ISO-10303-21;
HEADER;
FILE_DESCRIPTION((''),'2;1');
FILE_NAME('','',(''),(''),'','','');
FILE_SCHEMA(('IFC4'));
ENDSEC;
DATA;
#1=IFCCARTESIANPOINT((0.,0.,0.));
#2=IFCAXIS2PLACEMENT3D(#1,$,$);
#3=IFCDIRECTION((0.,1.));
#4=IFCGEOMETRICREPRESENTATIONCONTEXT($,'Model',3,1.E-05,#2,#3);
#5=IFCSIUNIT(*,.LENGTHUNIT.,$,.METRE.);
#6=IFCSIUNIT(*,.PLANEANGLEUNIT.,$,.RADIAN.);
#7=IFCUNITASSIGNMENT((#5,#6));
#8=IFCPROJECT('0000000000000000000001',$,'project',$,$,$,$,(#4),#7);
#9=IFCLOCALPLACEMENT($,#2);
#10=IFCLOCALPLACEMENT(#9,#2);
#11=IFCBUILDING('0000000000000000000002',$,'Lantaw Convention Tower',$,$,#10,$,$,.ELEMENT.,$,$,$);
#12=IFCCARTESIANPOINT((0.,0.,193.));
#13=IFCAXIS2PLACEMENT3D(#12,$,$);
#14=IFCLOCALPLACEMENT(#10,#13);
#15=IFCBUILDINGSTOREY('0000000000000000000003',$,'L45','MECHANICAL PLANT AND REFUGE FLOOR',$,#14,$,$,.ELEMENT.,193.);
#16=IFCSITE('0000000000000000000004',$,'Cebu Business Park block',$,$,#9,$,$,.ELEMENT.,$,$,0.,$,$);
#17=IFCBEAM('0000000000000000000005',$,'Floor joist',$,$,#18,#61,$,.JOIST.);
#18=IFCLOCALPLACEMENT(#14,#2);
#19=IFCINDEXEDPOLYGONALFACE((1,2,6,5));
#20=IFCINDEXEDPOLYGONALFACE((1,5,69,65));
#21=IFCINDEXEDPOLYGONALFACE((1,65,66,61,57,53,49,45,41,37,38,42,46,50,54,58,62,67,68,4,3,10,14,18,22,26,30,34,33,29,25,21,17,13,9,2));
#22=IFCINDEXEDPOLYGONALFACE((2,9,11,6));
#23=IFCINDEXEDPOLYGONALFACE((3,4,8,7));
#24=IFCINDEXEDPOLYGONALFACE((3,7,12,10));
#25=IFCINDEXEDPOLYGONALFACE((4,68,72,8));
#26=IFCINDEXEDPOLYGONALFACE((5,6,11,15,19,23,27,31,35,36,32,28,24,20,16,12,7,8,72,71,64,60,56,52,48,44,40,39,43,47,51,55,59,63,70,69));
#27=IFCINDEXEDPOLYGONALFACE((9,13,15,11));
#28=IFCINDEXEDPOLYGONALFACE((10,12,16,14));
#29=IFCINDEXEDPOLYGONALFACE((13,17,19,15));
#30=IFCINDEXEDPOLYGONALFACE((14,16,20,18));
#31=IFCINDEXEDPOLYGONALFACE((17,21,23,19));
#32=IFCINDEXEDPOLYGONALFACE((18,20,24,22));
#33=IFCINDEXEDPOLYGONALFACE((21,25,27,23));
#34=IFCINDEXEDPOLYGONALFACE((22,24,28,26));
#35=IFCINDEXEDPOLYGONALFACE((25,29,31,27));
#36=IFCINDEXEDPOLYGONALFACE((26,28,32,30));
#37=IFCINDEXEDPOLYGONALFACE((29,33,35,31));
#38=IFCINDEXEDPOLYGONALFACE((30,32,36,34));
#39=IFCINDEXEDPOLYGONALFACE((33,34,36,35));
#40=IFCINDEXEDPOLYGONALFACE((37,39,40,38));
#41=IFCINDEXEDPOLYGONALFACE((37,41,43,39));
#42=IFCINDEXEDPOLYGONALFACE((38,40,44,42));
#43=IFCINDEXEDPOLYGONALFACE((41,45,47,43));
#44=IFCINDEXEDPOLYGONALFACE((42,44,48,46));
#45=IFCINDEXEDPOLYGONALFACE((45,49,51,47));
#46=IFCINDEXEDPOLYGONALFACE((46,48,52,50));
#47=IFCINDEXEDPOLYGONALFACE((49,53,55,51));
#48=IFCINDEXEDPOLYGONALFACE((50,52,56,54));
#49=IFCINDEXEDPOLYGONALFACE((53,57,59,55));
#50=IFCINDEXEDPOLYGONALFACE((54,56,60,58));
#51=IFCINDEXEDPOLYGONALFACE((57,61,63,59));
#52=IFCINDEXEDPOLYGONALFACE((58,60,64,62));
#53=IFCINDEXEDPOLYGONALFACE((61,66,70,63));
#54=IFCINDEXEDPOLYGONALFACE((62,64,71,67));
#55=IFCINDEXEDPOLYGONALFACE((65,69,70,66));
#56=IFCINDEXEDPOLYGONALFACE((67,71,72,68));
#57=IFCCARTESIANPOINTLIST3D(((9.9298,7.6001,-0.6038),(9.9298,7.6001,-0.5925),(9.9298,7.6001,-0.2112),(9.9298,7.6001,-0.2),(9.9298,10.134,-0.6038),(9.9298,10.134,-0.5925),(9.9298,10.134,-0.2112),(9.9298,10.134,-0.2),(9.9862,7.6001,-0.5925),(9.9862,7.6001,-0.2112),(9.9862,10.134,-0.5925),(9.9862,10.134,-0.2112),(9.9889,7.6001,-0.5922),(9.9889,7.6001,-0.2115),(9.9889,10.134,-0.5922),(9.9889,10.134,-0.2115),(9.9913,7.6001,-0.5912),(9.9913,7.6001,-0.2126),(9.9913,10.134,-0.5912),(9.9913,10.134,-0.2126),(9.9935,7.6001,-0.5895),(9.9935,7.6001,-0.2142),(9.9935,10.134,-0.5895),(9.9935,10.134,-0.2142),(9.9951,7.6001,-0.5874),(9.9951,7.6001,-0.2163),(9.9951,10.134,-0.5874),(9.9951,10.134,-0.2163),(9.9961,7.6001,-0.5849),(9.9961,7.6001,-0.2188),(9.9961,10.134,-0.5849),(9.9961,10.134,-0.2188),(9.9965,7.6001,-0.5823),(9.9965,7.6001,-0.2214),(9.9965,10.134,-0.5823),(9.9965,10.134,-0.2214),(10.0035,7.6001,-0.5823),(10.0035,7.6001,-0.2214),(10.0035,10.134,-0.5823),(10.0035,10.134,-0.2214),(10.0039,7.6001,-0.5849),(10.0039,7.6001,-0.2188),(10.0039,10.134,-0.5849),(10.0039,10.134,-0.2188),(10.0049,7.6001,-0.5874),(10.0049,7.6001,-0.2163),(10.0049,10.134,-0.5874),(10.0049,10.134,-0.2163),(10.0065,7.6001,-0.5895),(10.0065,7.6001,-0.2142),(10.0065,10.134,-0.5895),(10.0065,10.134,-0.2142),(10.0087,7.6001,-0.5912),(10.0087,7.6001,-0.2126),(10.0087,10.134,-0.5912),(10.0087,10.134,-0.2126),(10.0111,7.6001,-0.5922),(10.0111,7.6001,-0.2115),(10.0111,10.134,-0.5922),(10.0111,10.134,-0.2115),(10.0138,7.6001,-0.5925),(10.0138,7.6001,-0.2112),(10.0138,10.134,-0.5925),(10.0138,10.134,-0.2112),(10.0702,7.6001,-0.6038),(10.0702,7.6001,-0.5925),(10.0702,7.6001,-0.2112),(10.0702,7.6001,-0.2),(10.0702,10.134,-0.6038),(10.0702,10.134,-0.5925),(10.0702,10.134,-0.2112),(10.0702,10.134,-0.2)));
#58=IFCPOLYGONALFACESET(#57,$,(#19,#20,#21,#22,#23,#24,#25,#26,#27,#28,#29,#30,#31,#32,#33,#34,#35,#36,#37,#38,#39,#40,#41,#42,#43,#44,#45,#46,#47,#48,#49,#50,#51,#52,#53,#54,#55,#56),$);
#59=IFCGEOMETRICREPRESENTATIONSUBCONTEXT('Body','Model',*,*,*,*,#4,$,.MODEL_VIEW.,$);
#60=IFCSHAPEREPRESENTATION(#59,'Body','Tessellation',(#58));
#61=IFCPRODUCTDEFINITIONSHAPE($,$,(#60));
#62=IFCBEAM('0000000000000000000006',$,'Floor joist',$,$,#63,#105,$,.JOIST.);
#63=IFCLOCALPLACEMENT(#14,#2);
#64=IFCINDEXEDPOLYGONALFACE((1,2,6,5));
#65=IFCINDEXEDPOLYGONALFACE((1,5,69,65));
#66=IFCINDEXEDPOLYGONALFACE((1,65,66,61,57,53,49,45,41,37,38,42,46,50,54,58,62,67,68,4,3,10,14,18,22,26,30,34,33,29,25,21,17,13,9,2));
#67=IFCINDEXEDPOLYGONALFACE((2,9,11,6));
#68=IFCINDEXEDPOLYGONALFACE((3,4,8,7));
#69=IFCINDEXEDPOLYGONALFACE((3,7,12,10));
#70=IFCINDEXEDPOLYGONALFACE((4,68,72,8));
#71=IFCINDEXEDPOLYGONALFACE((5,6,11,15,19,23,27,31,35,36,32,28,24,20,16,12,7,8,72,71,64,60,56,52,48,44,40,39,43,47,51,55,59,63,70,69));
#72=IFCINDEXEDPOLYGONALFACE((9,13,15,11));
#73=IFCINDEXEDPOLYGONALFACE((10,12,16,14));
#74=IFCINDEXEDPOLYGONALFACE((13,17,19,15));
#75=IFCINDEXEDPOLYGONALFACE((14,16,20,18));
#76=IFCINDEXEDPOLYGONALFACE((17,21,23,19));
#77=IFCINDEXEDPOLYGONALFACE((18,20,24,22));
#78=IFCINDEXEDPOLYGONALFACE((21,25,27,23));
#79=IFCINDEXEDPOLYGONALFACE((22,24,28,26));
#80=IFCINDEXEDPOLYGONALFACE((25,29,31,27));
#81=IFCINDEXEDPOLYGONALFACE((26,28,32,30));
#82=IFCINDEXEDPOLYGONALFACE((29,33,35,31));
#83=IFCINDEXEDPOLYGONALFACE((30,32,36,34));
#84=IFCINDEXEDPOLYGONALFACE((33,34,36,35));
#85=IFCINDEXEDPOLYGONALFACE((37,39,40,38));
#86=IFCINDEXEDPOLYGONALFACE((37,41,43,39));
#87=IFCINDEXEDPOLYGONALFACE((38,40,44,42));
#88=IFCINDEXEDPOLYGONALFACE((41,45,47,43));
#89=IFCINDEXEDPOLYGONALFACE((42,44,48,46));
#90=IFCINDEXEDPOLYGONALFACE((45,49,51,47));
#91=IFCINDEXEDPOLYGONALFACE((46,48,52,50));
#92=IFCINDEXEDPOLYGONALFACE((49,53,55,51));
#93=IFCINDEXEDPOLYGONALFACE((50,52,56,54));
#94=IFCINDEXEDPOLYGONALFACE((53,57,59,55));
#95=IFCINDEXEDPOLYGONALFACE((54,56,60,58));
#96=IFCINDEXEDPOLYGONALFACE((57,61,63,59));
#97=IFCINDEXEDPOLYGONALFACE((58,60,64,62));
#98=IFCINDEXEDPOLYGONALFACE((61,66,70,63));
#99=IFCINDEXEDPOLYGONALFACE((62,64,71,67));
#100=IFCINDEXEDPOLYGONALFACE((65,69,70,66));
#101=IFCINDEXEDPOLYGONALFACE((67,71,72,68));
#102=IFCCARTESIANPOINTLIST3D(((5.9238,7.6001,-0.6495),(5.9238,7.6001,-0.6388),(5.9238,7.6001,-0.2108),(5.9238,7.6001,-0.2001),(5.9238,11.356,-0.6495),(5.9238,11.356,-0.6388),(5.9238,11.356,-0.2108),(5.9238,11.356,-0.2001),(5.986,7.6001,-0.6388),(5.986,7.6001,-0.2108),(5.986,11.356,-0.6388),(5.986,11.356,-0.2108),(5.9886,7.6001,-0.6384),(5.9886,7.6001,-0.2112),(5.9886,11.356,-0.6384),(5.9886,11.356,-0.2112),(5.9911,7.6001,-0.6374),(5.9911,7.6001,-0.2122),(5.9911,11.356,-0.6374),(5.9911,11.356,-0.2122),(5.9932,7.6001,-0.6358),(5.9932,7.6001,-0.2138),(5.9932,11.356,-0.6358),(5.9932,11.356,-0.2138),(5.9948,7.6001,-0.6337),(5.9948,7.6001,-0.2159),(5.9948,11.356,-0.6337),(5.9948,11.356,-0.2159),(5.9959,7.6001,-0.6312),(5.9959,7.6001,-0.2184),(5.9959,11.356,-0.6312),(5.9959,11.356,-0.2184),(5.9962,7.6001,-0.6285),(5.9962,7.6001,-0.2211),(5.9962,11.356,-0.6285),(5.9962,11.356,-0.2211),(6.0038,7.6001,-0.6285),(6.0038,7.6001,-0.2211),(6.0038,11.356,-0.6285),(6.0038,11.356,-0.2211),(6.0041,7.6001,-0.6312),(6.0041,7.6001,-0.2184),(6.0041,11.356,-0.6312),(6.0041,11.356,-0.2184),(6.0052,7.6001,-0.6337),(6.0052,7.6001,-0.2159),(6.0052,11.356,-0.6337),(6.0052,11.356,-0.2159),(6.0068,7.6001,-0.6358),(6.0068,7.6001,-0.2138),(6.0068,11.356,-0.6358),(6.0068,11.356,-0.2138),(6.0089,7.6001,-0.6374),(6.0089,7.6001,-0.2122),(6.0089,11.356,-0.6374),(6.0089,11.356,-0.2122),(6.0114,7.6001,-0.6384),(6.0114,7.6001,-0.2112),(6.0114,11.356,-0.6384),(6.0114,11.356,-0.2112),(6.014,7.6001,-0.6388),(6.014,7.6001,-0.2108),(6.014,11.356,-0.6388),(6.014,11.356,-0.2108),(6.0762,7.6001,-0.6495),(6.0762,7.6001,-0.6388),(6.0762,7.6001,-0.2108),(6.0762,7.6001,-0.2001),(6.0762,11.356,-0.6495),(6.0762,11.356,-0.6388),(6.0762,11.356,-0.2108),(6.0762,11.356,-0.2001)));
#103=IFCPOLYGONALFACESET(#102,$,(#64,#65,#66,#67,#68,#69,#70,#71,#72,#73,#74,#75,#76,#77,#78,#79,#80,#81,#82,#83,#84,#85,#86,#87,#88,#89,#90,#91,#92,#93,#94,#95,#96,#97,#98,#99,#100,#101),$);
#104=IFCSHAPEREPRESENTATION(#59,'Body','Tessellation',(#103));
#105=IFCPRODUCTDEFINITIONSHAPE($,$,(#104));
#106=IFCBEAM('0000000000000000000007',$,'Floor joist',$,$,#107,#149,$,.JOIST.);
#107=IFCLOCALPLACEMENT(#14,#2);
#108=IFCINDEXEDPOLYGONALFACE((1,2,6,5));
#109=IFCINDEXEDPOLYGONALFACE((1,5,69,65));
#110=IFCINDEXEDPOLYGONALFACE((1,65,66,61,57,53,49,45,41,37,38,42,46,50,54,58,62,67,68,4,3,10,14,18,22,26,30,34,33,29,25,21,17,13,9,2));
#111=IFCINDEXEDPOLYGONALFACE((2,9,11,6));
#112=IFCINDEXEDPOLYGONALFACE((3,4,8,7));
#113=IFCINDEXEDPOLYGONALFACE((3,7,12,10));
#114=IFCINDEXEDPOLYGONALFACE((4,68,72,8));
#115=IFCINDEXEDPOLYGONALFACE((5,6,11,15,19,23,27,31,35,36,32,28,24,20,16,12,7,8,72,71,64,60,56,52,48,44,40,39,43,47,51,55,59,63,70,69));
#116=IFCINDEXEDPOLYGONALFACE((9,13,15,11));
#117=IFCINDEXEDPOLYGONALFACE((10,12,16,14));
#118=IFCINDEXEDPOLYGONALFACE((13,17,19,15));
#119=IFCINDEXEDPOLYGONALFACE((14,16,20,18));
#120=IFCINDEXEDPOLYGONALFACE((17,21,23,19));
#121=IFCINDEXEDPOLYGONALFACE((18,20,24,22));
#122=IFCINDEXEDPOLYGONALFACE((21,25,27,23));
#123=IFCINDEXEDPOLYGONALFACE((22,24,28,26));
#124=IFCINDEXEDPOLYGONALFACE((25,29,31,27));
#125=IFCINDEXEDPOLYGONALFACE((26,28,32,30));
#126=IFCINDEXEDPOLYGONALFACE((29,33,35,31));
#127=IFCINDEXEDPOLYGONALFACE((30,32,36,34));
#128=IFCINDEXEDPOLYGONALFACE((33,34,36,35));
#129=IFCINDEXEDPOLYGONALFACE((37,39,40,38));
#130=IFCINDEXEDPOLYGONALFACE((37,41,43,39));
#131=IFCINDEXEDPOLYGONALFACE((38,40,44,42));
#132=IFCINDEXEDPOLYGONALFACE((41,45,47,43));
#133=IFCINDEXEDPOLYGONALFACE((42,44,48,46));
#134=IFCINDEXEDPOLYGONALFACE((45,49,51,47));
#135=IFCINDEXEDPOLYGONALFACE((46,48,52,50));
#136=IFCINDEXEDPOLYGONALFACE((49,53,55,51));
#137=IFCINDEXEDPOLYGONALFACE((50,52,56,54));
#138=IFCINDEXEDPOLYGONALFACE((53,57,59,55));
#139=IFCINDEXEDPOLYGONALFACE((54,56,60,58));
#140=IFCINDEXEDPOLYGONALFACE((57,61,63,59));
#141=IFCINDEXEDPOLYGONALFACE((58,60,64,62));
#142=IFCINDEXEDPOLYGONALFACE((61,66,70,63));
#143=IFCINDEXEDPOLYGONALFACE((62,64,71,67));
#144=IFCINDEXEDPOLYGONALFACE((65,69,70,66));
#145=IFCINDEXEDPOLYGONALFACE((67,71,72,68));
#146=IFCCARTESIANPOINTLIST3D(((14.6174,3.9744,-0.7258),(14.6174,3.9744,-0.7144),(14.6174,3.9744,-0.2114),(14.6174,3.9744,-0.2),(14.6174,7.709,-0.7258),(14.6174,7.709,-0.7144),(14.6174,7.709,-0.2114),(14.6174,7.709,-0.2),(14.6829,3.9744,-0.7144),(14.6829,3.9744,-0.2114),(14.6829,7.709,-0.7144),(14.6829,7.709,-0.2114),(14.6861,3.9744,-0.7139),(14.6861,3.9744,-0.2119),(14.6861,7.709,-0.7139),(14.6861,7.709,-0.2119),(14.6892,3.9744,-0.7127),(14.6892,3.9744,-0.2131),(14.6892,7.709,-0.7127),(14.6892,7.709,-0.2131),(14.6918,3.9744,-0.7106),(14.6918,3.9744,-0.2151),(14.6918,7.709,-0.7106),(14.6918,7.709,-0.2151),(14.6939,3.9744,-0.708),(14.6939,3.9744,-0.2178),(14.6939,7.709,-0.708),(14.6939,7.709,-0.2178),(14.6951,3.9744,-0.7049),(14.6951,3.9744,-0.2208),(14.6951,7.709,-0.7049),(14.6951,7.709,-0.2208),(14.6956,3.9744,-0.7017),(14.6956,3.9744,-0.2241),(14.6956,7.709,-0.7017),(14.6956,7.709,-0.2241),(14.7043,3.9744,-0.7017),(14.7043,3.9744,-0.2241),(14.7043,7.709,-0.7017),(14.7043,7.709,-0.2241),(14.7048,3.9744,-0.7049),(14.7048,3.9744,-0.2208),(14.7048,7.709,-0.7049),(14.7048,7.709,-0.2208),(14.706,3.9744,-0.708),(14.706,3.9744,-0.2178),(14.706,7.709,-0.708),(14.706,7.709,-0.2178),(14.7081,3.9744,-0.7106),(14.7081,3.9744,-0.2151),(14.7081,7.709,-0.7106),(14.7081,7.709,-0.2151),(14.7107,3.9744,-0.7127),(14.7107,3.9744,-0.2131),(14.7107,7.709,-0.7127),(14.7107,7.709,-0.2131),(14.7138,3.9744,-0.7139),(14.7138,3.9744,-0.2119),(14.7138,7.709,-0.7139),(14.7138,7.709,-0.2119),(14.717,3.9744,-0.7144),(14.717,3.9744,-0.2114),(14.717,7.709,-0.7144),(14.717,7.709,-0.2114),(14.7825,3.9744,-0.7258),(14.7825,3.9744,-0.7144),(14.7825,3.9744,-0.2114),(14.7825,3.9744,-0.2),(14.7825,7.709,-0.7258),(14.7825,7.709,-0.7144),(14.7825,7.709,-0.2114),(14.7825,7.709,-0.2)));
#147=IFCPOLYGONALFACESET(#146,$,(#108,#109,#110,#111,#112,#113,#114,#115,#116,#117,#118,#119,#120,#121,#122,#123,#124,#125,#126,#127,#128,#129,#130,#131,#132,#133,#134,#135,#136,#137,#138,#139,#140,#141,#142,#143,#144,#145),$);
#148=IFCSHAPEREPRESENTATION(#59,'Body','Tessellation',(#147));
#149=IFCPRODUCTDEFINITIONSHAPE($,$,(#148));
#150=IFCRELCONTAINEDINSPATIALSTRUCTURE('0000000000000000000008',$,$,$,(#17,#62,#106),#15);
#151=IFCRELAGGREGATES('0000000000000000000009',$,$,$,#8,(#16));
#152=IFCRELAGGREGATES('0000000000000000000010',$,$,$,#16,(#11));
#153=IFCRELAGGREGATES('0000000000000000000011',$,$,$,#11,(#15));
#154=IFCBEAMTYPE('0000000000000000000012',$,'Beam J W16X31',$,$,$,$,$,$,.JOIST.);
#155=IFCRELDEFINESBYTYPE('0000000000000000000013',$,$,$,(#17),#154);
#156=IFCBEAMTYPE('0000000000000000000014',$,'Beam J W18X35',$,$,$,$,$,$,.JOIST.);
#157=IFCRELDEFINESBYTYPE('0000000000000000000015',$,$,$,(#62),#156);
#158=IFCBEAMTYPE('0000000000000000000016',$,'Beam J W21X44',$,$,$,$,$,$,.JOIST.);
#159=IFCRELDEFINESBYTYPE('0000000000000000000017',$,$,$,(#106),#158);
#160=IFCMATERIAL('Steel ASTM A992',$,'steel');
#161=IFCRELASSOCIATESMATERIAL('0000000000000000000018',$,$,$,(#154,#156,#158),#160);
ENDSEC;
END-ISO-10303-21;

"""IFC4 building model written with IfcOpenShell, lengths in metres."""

from ifc_helpers import new_model, si_unit, direction, frame, origin, origin_2d, place, context, subcontext, project, spatial, i_section, extrude, material, material_profile, profile_set, type_object, element, save


model = new_model("IFC4")

# Units and contexts
model_context = context("Model", 3, precision=1e-05, world=origin(), true_north=direction((0.0, 1.0)))
body_context = subcontext(model_context, "Body", "Model", "MODEL_VIEW")
ifc_project = project(units=[si_unit("LENGTHUNIT", "METRE"), si_unit("PLANEANGLEUNIT", "RADIAN")], contexts=[model_context])

# Site, building, storey
site_placement = place(None, origin())
site = spatial("IfcSite", under=ifc_project, at=site_placement, Name="Cebu Business Park block", CompositionType="ELEMENT", RefElevation=0.0)
building_placement = place(site_placement, origin())
building = spatial("IfcBuilding", under=site, at=building_placement, Name="Lantaw Convention Tower", CompositionType="ELEMENT")
storey_placement = place(building_placement, frame((0.0, 0.0, 193.0)))
storey = spatial("IfcBuildingStorey", under=building, at=storey_placement, Name="L45", Description="MECHANICAL PLANT AND REFUGE FLOOR", CompositionType="ELEMENT", Elevation=193.0)

# Beams
ifc_material_1 = material(Name="Steel ASTM A992", Category="steel")
ifc_material_profile_1 = material_profile(ifc_material_1, i_section(OverallWidth=0.1404, OverallDepth=0.4038, WebThickness=0.0071, FlangeThickness=0.0112, FilletRadius=0.0103, at=origin_2d()), Name="W16X31")
ifc_profile_set_1 = profile_set([ifc_material_profile_1], Name="Steel ASTM A992")
beam_type_1 = type_object("IfcBeamType", Name="Beam J W16X31", PredefinedType="JOIST", material=ifc_profile_set_1)
beam_1_placement = place(storey_placement, frame((10.0, 7.6001, -0.4019), z_axis=(0.0, 1.0, 0.0), x_axis=(-1.0, 0.0, 0.0)))
element("IfcBeam", 1, at=beam_1_placement, inside=storey, type_object=beam_type_1, Name="Floor joist", PredefinedType="JOIST", context=body_context, shape_type="SweptSolid", body=[
    extrude(i_section(OverallWidth=0.1404, OverallDepth=0.4038, WebThickness=0.0071, FlangeThickness=0.0112, FilletRadius=0.0103, at=origin_2d()), origin(), (0.0, 0.0, 1.0), 2.5339),
])
ifc_material_profile_2 = material_profile(ifc_material_1, i_section(OverallWidth=0.1523, OverallDepth=0.4495, WebThickness=0.0076, FlangeThickness=0.0107, FilletRadius=0.0103, at=origin_2d()), Name="W18X35")
ifc_profile_set_2 = profile_set([ifc_material_profile_2], Name="Steel ASTM A992")
beam_type_2 = type_object("IfcBeamType", Name="Beam J W18X35", PredefinedType="JOIST", material=ifc_profile_set_2)
beam_2_placement = place(storey_placement, frame((6.0, 7.6001, -0.4248), z_axis=(0.0, 1.0, 0.0), x_axis=(-1.0, 0.0, 0.0)))
element("IfcBeam", 2, at=beam_2_placement, inside=storey, type_object=beam_type_2, Name="Floor joist", PredefinedType="JOIST", context=body_context, shape_type="SweptSolid", body=[
    extrude(i_section(OverallWidth=0.1523, OverallDepth=0.4495, WebThickness=0.0076, FlangeThickness=0.0107, FilletRadius=0.0103, at=origin_2d()), origin(), (0.0, 0.0, 1.0), 3.7559),
])
ifc_material_profile_3 = material_profile(ifc_material_1, i_section(OverallWidth=0.165, OverallDepth=0.5259, WebThickness=0.0088, FlangeThickness=0.0115, FilletRadius=0.0127, at=origin_2d()), Name="W21X44")
ifc_profile_set_3 = profile_set([ifc_material_profile_3], Name="Steel ASTM A992")
beam_type_3 = type_object("IfcBeamType", Name="Beam J W21X44", PredefinedType="JOIST", material=ifc_profile_set_3)
beam_3_placement = place(storey_placement, frame((14.7, 3.9744, -0.4629), z_axis=(0.0, 1.0, 0.0), x_axis=(-1.0, 0.0, 0.0)))
element("IfcBeam", 3, at=beam_3_placement, inside=storey, type_object=beam_type_3, Name="Floor joist", PredefinedType="JOIST", context=body_context, shape_type="SweptSolid", body=[
    extrude(i_section(OverallWidth=0.165, OverallDepth=0.5259, WebThickness=0.0088, FlangeThickness=0.0115, FilletRadius=0.0127, at=origin_2d()), origin(), (0.0, 0.0, 1.0), 3.7346),
])

save(model, "model.ifc")
